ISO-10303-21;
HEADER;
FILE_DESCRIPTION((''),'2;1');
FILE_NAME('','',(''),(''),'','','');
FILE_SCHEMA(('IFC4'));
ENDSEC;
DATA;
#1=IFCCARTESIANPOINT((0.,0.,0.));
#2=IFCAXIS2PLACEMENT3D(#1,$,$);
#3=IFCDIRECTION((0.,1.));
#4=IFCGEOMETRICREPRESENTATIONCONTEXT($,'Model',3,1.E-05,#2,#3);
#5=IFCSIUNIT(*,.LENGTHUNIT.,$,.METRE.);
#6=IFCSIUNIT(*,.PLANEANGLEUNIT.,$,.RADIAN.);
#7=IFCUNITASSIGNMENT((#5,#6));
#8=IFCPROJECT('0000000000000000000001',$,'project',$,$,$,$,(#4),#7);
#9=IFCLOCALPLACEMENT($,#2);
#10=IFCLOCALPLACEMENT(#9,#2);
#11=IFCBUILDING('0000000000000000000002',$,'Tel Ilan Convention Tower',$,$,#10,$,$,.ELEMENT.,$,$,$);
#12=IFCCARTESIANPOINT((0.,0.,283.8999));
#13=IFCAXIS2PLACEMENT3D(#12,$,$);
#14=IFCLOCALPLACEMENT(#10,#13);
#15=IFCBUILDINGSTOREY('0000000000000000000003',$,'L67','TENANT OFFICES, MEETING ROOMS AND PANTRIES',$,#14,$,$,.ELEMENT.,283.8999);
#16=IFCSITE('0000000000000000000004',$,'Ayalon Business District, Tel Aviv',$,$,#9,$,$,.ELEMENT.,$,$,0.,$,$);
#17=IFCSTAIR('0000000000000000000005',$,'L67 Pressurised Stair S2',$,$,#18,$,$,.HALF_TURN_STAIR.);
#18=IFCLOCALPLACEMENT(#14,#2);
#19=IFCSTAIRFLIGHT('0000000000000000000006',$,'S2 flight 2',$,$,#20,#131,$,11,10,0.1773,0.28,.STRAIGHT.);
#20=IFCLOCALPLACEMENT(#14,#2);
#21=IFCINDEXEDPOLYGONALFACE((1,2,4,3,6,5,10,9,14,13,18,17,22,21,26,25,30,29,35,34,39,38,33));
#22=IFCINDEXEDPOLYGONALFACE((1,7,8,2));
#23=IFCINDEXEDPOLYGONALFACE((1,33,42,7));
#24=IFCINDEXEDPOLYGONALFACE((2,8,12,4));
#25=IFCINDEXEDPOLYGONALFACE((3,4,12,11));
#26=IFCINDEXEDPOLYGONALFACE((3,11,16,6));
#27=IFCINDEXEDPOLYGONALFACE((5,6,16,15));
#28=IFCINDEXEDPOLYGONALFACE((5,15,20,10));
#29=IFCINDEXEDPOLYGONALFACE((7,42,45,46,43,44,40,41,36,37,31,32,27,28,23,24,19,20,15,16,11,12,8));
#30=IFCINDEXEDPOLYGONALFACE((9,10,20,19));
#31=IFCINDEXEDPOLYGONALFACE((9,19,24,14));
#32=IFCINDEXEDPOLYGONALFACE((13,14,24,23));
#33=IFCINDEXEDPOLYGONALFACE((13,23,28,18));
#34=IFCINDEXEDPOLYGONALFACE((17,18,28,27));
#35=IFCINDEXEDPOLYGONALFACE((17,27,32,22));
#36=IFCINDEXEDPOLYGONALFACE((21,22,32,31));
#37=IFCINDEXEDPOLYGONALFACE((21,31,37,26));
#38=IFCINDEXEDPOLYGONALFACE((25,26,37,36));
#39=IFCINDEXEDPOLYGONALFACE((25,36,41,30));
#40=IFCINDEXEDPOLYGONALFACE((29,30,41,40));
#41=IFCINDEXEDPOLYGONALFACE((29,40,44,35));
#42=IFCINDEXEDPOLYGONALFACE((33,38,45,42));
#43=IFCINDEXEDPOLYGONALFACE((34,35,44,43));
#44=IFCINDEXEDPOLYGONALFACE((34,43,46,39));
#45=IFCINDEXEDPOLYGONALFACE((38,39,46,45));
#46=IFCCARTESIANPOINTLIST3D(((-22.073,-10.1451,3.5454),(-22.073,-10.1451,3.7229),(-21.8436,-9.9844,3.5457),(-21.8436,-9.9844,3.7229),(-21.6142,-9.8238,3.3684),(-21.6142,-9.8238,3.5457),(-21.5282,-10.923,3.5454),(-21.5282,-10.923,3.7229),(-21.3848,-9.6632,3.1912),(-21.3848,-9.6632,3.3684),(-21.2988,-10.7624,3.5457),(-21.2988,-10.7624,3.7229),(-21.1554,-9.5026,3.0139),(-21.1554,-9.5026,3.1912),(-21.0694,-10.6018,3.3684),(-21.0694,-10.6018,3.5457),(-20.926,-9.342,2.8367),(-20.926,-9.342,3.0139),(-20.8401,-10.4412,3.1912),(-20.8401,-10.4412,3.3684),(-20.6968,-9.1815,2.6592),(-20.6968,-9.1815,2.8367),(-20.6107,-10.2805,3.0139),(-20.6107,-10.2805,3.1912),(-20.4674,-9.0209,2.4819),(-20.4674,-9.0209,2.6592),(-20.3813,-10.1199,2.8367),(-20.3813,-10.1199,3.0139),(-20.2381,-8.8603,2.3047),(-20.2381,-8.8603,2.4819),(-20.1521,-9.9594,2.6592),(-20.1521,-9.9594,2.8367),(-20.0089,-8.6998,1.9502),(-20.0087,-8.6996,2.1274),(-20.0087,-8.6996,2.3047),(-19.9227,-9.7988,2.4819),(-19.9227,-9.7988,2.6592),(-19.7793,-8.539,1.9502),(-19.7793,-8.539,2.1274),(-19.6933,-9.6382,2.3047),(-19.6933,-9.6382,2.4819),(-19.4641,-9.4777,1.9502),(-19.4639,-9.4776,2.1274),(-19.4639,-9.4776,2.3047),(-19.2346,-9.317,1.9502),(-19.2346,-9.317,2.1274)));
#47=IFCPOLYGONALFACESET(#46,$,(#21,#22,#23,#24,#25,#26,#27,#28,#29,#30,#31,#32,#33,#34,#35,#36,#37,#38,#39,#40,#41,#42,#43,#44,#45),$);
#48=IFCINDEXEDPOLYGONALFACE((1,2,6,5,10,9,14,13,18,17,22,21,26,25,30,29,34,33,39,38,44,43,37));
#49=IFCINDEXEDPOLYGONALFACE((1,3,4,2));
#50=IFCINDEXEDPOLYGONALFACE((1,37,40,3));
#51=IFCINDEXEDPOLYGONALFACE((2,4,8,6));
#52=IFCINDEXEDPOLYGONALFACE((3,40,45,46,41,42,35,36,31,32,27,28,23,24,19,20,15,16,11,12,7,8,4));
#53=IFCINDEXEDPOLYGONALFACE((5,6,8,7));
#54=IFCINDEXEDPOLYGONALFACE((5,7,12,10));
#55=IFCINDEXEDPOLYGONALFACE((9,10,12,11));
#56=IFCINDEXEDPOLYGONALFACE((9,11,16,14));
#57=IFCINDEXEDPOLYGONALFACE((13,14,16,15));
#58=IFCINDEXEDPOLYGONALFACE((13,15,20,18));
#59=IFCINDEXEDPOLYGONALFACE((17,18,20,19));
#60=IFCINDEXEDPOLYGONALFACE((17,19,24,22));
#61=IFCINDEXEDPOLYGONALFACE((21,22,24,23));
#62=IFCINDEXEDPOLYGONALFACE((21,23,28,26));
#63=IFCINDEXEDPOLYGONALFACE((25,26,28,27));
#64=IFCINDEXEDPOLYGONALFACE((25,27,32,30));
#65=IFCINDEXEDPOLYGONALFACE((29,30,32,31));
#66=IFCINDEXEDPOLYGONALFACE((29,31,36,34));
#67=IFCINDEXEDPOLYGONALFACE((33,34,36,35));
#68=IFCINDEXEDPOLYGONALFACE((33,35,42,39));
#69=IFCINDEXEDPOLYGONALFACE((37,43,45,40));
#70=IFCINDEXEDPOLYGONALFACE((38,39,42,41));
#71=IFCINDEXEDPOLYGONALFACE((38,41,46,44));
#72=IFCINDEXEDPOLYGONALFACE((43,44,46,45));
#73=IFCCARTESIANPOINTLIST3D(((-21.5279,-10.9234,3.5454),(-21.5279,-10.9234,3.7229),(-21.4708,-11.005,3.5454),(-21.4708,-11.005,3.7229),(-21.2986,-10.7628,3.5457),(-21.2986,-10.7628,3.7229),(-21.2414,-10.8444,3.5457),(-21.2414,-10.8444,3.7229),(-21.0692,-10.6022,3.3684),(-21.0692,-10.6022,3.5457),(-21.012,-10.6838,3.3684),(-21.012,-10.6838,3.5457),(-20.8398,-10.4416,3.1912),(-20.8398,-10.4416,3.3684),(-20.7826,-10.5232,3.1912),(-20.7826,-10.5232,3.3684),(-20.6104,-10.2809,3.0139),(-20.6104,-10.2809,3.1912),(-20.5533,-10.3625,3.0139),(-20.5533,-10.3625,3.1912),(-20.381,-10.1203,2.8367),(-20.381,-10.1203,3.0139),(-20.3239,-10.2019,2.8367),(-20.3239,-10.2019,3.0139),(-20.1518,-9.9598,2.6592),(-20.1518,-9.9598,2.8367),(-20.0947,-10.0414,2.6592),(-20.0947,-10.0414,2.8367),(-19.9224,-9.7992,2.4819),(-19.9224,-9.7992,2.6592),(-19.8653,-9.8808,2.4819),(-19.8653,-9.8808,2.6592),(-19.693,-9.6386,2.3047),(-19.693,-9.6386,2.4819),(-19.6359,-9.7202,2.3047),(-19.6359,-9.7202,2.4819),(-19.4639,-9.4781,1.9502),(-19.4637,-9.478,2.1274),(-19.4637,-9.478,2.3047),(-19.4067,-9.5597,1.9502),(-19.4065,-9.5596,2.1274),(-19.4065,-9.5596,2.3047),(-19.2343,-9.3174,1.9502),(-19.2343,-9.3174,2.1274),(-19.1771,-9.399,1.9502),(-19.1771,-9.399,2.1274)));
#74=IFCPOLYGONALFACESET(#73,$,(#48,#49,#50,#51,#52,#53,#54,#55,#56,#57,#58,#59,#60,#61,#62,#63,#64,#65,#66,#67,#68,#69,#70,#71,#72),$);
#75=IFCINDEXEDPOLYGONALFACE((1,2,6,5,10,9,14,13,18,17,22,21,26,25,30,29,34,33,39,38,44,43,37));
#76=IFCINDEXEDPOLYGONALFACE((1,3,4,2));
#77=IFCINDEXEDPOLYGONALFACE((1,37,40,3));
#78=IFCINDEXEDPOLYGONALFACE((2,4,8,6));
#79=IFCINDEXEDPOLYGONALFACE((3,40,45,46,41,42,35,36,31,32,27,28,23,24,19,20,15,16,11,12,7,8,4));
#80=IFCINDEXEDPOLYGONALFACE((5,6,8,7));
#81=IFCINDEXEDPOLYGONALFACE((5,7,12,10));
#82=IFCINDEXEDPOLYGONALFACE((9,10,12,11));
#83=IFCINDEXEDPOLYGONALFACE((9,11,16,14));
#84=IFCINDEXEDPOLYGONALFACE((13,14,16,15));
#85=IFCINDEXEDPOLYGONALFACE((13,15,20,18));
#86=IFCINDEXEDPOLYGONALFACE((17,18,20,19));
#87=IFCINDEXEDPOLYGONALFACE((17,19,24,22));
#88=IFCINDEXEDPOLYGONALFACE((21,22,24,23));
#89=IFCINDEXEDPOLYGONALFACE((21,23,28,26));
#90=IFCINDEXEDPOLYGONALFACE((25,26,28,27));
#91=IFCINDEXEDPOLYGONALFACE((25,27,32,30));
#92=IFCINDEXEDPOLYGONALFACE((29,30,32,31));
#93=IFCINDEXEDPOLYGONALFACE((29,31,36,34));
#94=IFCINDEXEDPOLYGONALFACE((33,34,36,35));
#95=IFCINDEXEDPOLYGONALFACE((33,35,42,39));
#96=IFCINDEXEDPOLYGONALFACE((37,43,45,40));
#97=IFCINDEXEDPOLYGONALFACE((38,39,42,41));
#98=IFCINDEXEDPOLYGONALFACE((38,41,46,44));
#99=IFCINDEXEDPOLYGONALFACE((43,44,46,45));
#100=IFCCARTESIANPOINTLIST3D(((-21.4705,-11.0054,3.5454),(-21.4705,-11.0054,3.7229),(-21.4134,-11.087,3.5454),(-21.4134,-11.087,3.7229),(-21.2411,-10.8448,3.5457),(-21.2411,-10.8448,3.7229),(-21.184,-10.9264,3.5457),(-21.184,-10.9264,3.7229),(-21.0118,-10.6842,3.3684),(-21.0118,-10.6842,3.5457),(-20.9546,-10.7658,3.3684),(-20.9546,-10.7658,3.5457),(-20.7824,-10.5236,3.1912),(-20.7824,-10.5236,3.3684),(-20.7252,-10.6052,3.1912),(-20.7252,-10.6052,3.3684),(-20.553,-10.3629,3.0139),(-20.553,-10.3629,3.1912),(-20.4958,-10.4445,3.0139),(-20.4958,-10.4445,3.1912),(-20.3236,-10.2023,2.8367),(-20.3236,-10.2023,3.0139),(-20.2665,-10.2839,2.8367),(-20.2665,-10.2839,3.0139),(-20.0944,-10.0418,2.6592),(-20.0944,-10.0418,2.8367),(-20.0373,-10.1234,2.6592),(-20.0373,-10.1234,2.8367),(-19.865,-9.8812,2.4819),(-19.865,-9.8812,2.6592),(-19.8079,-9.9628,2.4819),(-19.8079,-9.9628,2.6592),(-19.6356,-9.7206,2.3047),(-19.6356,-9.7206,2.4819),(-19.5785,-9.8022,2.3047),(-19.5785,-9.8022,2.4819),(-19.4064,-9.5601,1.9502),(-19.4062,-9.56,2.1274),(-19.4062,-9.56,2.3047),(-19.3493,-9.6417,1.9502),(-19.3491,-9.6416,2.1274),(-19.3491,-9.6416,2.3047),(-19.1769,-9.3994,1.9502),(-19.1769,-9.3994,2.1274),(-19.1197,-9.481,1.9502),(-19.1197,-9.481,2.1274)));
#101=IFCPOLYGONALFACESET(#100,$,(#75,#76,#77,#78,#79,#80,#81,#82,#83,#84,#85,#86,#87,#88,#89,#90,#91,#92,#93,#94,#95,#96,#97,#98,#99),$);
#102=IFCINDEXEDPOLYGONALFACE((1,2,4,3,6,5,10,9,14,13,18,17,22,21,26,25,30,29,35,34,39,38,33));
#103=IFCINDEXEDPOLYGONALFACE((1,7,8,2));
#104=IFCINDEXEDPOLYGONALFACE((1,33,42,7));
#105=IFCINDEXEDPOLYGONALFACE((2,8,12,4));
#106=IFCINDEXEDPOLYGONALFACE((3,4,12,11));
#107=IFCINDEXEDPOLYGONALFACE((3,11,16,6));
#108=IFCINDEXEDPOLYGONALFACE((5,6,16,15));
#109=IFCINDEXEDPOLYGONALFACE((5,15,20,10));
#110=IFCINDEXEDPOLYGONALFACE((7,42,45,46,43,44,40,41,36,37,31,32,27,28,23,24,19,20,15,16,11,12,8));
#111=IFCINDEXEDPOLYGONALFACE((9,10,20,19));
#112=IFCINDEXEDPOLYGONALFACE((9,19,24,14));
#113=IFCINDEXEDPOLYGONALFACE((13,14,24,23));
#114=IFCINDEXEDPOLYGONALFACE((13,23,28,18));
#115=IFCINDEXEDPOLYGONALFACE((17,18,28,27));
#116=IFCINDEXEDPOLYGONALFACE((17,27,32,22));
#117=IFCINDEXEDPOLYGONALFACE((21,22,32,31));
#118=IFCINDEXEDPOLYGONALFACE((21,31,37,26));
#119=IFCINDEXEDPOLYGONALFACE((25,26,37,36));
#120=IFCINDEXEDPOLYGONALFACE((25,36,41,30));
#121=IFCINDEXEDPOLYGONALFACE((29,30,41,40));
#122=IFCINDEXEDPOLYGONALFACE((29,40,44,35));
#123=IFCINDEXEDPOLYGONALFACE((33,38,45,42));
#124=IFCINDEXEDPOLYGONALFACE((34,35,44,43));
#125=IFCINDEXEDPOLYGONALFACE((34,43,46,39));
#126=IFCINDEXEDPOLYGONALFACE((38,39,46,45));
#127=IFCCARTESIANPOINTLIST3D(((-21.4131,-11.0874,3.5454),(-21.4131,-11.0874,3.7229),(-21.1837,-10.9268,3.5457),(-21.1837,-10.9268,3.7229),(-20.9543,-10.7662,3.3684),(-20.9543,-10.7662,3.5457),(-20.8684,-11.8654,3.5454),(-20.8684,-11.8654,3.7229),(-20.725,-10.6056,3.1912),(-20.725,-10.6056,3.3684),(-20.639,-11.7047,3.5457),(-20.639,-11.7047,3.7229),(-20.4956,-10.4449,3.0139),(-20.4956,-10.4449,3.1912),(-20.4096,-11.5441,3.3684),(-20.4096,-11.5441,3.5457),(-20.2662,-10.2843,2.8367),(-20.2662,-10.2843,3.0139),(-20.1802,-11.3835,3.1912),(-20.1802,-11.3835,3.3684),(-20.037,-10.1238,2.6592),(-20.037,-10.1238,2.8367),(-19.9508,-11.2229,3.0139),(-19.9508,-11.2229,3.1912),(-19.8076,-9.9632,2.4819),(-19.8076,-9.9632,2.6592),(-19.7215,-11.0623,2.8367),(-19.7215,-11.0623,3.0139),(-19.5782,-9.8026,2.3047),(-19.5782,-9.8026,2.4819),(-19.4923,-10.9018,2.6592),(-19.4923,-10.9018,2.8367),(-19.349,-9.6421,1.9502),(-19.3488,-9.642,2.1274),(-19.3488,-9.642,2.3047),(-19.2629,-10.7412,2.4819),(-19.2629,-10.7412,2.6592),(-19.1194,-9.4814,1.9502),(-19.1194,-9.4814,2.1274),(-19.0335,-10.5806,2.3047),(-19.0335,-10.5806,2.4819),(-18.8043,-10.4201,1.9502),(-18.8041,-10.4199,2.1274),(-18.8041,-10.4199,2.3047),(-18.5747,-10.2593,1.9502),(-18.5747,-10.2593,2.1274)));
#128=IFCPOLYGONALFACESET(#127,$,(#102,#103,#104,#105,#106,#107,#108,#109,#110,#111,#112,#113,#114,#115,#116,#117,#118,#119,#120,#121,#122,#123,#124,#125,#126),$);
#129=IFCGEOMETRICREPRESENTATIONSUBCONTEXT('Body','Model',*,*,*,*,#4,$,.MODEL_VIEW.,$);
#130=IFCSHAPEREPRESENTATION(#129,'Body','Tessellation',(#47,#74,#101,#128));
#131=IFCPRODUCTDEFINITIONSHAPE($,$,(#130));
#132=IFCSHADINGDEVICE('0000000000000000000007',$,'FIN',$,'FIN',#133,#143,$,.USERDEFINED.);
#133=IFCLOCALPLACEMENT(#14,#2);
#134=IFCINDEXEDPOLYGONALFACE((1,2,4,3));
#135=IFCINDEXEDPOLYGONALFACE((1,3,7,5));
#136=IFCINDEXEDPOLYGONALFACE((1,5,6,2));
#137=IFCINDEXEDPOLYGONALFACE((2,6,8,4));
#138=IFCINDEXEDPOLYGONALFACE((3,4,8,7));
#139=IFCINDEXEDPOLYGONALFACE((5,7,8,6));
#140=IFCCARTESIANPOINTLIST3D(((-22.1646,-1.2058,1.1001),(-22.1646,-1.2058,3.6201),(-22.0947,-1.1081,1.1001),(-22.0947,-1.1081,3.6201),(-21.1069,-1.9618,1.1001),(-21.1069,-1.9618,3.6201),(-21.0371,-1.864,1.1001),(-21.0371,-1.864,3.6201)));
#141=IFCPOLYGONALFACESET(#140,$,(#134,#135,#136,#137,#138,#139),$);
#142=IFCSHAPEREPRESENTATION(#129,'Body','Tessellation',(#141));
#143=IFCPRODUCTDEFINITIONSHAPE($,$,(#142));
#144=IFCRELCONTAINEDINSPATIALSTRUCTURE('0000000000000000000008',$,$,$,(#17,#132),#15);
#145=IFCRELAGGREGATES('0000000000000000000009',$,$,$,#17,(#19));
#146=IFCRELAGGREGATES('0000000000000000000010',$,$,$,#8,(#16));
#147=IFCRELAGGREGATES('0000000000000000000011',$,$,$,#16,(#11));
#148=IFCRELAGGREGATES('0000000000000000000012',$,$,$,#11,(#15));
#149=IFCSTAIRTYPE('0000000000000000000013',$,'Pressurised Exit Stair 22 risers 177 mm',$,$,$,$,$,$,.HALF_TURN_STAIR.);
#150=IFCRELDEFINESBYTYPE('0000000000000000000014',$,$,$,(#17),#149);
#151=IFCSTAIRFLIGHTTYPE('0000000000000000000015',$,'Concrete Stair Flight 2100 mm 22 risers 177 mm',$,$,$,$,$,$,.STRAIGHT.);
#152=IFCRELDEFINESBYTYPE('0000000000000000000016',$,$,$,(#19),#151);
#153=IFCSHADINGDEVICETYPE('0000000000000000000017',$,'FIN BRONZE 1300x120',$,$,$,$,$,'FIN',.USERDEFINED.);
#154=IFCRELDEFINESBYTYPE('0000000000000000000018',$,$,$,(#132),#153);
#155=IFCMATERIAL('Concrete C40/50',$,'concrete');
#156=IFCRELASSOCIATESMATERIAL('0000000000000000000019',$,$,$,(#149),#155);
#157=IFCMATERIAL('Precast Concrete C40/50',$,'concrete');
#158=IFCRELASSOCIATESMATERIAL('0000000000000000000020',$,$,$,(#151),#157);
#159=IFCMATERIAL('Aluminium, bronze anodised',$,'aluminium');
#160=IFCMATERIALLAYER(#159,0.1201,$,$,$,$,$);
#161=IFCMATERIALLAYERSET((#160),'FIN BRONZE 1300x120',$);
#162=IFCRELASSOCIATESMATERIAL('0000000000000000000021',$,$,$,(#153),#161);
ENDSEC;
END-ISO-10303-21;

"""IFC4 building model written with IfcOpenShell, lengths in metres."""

from ifc_helpers import new_model, si_unit, direction, frame, origin, origin_2d, place, context, subcontext, project, spatial, polyline, rectangle, outline, extrude, material, layer, layer_set, type_object, element, aggregate, save


model = new_model("IFC4")

# Units and contexts
model_context = context("Model", 3, precision=1e-05, world=origin(), true_north=direction((0.0, 1.0)))
body_context = subcontext(model_context, "Body", "Model", "MODEL_VIEW")
ifc_project = project(units=[si_unit("LENGTHUNIT", "METRE"), si_unit("PLANEANGLEUNIT", "RADIAN")], contexts=[model_context])

# Site, building, storey
site_placement = place(None, origin())
site = spatial("IfcSite", under=ifc_project, at=site_placement, Name="Ayalon Business District, Tel Aviv", CompositionType="ELEMENT", RefElevation=0.0)
building_placement = place(site_placement, origin())
building = spatial("IfcBuilding", under=site, at=building_placement, Name="Tel Ilan Convention Tower", CompositionType="ELEMENT")
storey_placement = place(building_placement, frame((0.0, 0.0, 283.8999)))
storey = spatial("IfcBuildingStorey", under=building, at=storey_placement, Name="L67", Description="TENANT OFFICES, MEETING ROOMS AND PANTRIES", CompositionType="ELEMENT", Elevation=283.8999)

# Stair, stair flight
ifc_material_1 = material(Name="Concrete C40/50", Category="concrete")
stair_type = type_object("IfcStairType", Name="Pressurised Exit Stair 22 risers 177 mm", PredefinedType="HALF_TURN_STAIR", material=ifc_material_1)
ifc_material_2 = material(Name="Precast Concrete C40/50", Category="concrete")
stair_flight_type = type_object("IfcStairFlightType", Name="Concrete Stair Flight 2100 mm 22 risers 177 mm", PredefinedType="STRAIGHT", material=ifc_material_2)
stair_1_placement = place(storey_placement, origin())
stair_1 = element("IfcStair", 1, at=stair_1_placement, inside=storey, type_object=stair_type, Name="L67 Pressurised Stair S2", PredefinedType="HALF_TURN_STAIR")
stair_flight_1_placement = place(storey_placement, frame((-19.177, -9.3992, 1.9502), z_axis=(0.0, 0.0, 1.0), x_axis=(-0.819152, -0.573576, 0.0)))
stair_flight_1 = element("IfcStairFlight", 2, at=stair_flight_1_placement, type_object=stair_flight_type, Name="S2 flight 2", NumberOfRisers=11, NumberOfTreads=10, PredefinedType="STRAIGHT", RiserHeight=0.1773, TreadLength=0.28, context=body_context, shape_type="SweptSolid", body=[
    extrude(outline(polyline([(0.0, 0.0), (0.0, 0.1772), (0.28, 0.1772), (0.28, 0.3545), (0.5601, 0.3545), (0.5601, 0.5317), (0.8401, 0.5317), (0.8401, 0.709), (1.1201, 0.709), (1.1201, 0.8865), (1.3999, 0.8865), (1.3999, 1.0637), (1.6799, 1.0637), (1.6799, 1.241), (1.96, 1.241), (1.96, 1.4182), (2.24, 1.4182), (2.24, 1.5955), (2.52, 1.5955), (2.52, 1.7727), (2.8, 1.7727), (2.8, 1.95), (2.8, 1.5952), (0.2803, 0.0), (0.0, 0.0)])), frame((0.0, -0.1003, 0.0), z_axis=(0.0, -1.0, 0.0), x_axis=(1.0, 0.0, 0.0)), (0.0, 0.0, 1.0), 0.9497),
    extrude(outline(polyline([(0.0, 0.0), (0.0, 0.1772), (0.28, 0.1772), (0.28, 0.3545), (0.5601, 0.3545), (0.5601, 0.5317), (0.8401, 0.5317), (0.8401, 0.709), (1.1201, 0.709), (1.1201, 0.8865), (1.3999, 0.8865), (1.3999, 1.0637), (1.6799, 1.0637), (1.6799, 1.241), (1.96, 1.241), (1.96, 1.4182), (2.24, 1.4182), (2.24, 1.5955), (2.52, 1.5955), (2.52, 1.7727), (2.8, 1.7727), (2.8, 1.95), (2.8, 1.5952), (0.2803, 0.0), (0.0, 0.0)])), frame((0.0, -0.0002, 0.0), z_axis=(0.0, -1.0, 0.0), x_axis=(1.0, 0.0, 0.0)), (0.0, 0.0, 1.0), 0.0996),
    extrude(outline(polyline([(0.0, 0.0), (0.0, 0.1772), (0.28, 0.1772), (0.28, 0.3545), (0.5601, 0.3545), (0.5601, 0.5317), (0.8401, 0.5317), (0.8401, 0.709), (1.1201, 0.709), (1.1201, 0.8865), (1.3999, 0.8865), (1.3999, 1.0637), (1.6799, 1.0637), (1.6799, 1.241), (1.96, 1.241), (1.96, 1.4182), (2.24, 1.4182), (2.24, 1.5955), (2.52, 1.5955), (2.52, 1.7727), (2.8, 1.7727), (2.8, 1.95), (2.8, 1.5952), (0.2803, 0.0), (0.0, 0.0)])), frame((0.0, 0.0999, 0.0), z_axis=(0.0, -1.0, 0.0), x_axis=(1.0, 0.0, 0.0)), (0.0, 0.0, 1.0), 0.0996),
    extrude(outline(polyline([(0.0, 0.0), (0.0, 0.1772), (0.28, 0.1772), (0.28, 0.3545), (0.5601, 0.3545), (0.5601, 0.5317), (0.8401, 0.5317), (0.8401, 0.709), (1.1201, 0.709), (1.1201, 0.8865), (1.3999, 0.8865), (1.3999, 1.0637), (1.6799, 1.0637), (1.6799, 1.241), (1.96, 1.241), (1.96, 1.4182), (2.24, 1.4182), (2.24, 1.5955), (2.52, 1.5955), (2.52, 1.7727), (2.8, 1.7727), (2.8, 1.95), (2.8, 1.5952), (0.2803, 0.0), (0.0, 0.0)])), frame((0.0, 1.05, 0.0), z_axis=(0.0, -1.0, 0.0), x_axis=(1.0, 0.0, 0.0)), (0.0, 0.0, 1.0), 0.9497),
])
aggregate(stair_1, [stair_flight_1])

# Shading device
ifc_material_3 = material(Name="Aluminium, bronze anodised", Category="aluminium")
ifc_layer_1 = layer(ifc_material_3, 0.1201)
ifc_layer_set_1 = layer_set([ifc_layer_1], Name="FIN BRONZE 1300x120")
shading_device_type = type_object("IfcShadingDeviceType", Name="FIN BRONZE 1300x120", ElementType="FIN", PredefinedType="USERDEFINED", material=ifc_layer_set_1)
shading_device_placement = place(storey_placement, frame((-21.6008, -1.5349, 1.1001), z_axis=(0.0, 0.0, 1.0), x_axis=(-0.813552, 0.581492, 0.0)))
element("IfcShadingDevice", 3, at=shading_device_placement, inside=storey, type_object=shading_device_type, Name="FIN", ObjectType="FIN", PredefinedType="USERDEFINED", context=body_context, shape_type="SweptSolid", body=[
    extrude(rectangle(XDim=1.3, YDim=0.1201, at=origin_2d()), origin(), (0.0, 0.0, 1.0), 2.52),
])

save(model, "model.ifc")
